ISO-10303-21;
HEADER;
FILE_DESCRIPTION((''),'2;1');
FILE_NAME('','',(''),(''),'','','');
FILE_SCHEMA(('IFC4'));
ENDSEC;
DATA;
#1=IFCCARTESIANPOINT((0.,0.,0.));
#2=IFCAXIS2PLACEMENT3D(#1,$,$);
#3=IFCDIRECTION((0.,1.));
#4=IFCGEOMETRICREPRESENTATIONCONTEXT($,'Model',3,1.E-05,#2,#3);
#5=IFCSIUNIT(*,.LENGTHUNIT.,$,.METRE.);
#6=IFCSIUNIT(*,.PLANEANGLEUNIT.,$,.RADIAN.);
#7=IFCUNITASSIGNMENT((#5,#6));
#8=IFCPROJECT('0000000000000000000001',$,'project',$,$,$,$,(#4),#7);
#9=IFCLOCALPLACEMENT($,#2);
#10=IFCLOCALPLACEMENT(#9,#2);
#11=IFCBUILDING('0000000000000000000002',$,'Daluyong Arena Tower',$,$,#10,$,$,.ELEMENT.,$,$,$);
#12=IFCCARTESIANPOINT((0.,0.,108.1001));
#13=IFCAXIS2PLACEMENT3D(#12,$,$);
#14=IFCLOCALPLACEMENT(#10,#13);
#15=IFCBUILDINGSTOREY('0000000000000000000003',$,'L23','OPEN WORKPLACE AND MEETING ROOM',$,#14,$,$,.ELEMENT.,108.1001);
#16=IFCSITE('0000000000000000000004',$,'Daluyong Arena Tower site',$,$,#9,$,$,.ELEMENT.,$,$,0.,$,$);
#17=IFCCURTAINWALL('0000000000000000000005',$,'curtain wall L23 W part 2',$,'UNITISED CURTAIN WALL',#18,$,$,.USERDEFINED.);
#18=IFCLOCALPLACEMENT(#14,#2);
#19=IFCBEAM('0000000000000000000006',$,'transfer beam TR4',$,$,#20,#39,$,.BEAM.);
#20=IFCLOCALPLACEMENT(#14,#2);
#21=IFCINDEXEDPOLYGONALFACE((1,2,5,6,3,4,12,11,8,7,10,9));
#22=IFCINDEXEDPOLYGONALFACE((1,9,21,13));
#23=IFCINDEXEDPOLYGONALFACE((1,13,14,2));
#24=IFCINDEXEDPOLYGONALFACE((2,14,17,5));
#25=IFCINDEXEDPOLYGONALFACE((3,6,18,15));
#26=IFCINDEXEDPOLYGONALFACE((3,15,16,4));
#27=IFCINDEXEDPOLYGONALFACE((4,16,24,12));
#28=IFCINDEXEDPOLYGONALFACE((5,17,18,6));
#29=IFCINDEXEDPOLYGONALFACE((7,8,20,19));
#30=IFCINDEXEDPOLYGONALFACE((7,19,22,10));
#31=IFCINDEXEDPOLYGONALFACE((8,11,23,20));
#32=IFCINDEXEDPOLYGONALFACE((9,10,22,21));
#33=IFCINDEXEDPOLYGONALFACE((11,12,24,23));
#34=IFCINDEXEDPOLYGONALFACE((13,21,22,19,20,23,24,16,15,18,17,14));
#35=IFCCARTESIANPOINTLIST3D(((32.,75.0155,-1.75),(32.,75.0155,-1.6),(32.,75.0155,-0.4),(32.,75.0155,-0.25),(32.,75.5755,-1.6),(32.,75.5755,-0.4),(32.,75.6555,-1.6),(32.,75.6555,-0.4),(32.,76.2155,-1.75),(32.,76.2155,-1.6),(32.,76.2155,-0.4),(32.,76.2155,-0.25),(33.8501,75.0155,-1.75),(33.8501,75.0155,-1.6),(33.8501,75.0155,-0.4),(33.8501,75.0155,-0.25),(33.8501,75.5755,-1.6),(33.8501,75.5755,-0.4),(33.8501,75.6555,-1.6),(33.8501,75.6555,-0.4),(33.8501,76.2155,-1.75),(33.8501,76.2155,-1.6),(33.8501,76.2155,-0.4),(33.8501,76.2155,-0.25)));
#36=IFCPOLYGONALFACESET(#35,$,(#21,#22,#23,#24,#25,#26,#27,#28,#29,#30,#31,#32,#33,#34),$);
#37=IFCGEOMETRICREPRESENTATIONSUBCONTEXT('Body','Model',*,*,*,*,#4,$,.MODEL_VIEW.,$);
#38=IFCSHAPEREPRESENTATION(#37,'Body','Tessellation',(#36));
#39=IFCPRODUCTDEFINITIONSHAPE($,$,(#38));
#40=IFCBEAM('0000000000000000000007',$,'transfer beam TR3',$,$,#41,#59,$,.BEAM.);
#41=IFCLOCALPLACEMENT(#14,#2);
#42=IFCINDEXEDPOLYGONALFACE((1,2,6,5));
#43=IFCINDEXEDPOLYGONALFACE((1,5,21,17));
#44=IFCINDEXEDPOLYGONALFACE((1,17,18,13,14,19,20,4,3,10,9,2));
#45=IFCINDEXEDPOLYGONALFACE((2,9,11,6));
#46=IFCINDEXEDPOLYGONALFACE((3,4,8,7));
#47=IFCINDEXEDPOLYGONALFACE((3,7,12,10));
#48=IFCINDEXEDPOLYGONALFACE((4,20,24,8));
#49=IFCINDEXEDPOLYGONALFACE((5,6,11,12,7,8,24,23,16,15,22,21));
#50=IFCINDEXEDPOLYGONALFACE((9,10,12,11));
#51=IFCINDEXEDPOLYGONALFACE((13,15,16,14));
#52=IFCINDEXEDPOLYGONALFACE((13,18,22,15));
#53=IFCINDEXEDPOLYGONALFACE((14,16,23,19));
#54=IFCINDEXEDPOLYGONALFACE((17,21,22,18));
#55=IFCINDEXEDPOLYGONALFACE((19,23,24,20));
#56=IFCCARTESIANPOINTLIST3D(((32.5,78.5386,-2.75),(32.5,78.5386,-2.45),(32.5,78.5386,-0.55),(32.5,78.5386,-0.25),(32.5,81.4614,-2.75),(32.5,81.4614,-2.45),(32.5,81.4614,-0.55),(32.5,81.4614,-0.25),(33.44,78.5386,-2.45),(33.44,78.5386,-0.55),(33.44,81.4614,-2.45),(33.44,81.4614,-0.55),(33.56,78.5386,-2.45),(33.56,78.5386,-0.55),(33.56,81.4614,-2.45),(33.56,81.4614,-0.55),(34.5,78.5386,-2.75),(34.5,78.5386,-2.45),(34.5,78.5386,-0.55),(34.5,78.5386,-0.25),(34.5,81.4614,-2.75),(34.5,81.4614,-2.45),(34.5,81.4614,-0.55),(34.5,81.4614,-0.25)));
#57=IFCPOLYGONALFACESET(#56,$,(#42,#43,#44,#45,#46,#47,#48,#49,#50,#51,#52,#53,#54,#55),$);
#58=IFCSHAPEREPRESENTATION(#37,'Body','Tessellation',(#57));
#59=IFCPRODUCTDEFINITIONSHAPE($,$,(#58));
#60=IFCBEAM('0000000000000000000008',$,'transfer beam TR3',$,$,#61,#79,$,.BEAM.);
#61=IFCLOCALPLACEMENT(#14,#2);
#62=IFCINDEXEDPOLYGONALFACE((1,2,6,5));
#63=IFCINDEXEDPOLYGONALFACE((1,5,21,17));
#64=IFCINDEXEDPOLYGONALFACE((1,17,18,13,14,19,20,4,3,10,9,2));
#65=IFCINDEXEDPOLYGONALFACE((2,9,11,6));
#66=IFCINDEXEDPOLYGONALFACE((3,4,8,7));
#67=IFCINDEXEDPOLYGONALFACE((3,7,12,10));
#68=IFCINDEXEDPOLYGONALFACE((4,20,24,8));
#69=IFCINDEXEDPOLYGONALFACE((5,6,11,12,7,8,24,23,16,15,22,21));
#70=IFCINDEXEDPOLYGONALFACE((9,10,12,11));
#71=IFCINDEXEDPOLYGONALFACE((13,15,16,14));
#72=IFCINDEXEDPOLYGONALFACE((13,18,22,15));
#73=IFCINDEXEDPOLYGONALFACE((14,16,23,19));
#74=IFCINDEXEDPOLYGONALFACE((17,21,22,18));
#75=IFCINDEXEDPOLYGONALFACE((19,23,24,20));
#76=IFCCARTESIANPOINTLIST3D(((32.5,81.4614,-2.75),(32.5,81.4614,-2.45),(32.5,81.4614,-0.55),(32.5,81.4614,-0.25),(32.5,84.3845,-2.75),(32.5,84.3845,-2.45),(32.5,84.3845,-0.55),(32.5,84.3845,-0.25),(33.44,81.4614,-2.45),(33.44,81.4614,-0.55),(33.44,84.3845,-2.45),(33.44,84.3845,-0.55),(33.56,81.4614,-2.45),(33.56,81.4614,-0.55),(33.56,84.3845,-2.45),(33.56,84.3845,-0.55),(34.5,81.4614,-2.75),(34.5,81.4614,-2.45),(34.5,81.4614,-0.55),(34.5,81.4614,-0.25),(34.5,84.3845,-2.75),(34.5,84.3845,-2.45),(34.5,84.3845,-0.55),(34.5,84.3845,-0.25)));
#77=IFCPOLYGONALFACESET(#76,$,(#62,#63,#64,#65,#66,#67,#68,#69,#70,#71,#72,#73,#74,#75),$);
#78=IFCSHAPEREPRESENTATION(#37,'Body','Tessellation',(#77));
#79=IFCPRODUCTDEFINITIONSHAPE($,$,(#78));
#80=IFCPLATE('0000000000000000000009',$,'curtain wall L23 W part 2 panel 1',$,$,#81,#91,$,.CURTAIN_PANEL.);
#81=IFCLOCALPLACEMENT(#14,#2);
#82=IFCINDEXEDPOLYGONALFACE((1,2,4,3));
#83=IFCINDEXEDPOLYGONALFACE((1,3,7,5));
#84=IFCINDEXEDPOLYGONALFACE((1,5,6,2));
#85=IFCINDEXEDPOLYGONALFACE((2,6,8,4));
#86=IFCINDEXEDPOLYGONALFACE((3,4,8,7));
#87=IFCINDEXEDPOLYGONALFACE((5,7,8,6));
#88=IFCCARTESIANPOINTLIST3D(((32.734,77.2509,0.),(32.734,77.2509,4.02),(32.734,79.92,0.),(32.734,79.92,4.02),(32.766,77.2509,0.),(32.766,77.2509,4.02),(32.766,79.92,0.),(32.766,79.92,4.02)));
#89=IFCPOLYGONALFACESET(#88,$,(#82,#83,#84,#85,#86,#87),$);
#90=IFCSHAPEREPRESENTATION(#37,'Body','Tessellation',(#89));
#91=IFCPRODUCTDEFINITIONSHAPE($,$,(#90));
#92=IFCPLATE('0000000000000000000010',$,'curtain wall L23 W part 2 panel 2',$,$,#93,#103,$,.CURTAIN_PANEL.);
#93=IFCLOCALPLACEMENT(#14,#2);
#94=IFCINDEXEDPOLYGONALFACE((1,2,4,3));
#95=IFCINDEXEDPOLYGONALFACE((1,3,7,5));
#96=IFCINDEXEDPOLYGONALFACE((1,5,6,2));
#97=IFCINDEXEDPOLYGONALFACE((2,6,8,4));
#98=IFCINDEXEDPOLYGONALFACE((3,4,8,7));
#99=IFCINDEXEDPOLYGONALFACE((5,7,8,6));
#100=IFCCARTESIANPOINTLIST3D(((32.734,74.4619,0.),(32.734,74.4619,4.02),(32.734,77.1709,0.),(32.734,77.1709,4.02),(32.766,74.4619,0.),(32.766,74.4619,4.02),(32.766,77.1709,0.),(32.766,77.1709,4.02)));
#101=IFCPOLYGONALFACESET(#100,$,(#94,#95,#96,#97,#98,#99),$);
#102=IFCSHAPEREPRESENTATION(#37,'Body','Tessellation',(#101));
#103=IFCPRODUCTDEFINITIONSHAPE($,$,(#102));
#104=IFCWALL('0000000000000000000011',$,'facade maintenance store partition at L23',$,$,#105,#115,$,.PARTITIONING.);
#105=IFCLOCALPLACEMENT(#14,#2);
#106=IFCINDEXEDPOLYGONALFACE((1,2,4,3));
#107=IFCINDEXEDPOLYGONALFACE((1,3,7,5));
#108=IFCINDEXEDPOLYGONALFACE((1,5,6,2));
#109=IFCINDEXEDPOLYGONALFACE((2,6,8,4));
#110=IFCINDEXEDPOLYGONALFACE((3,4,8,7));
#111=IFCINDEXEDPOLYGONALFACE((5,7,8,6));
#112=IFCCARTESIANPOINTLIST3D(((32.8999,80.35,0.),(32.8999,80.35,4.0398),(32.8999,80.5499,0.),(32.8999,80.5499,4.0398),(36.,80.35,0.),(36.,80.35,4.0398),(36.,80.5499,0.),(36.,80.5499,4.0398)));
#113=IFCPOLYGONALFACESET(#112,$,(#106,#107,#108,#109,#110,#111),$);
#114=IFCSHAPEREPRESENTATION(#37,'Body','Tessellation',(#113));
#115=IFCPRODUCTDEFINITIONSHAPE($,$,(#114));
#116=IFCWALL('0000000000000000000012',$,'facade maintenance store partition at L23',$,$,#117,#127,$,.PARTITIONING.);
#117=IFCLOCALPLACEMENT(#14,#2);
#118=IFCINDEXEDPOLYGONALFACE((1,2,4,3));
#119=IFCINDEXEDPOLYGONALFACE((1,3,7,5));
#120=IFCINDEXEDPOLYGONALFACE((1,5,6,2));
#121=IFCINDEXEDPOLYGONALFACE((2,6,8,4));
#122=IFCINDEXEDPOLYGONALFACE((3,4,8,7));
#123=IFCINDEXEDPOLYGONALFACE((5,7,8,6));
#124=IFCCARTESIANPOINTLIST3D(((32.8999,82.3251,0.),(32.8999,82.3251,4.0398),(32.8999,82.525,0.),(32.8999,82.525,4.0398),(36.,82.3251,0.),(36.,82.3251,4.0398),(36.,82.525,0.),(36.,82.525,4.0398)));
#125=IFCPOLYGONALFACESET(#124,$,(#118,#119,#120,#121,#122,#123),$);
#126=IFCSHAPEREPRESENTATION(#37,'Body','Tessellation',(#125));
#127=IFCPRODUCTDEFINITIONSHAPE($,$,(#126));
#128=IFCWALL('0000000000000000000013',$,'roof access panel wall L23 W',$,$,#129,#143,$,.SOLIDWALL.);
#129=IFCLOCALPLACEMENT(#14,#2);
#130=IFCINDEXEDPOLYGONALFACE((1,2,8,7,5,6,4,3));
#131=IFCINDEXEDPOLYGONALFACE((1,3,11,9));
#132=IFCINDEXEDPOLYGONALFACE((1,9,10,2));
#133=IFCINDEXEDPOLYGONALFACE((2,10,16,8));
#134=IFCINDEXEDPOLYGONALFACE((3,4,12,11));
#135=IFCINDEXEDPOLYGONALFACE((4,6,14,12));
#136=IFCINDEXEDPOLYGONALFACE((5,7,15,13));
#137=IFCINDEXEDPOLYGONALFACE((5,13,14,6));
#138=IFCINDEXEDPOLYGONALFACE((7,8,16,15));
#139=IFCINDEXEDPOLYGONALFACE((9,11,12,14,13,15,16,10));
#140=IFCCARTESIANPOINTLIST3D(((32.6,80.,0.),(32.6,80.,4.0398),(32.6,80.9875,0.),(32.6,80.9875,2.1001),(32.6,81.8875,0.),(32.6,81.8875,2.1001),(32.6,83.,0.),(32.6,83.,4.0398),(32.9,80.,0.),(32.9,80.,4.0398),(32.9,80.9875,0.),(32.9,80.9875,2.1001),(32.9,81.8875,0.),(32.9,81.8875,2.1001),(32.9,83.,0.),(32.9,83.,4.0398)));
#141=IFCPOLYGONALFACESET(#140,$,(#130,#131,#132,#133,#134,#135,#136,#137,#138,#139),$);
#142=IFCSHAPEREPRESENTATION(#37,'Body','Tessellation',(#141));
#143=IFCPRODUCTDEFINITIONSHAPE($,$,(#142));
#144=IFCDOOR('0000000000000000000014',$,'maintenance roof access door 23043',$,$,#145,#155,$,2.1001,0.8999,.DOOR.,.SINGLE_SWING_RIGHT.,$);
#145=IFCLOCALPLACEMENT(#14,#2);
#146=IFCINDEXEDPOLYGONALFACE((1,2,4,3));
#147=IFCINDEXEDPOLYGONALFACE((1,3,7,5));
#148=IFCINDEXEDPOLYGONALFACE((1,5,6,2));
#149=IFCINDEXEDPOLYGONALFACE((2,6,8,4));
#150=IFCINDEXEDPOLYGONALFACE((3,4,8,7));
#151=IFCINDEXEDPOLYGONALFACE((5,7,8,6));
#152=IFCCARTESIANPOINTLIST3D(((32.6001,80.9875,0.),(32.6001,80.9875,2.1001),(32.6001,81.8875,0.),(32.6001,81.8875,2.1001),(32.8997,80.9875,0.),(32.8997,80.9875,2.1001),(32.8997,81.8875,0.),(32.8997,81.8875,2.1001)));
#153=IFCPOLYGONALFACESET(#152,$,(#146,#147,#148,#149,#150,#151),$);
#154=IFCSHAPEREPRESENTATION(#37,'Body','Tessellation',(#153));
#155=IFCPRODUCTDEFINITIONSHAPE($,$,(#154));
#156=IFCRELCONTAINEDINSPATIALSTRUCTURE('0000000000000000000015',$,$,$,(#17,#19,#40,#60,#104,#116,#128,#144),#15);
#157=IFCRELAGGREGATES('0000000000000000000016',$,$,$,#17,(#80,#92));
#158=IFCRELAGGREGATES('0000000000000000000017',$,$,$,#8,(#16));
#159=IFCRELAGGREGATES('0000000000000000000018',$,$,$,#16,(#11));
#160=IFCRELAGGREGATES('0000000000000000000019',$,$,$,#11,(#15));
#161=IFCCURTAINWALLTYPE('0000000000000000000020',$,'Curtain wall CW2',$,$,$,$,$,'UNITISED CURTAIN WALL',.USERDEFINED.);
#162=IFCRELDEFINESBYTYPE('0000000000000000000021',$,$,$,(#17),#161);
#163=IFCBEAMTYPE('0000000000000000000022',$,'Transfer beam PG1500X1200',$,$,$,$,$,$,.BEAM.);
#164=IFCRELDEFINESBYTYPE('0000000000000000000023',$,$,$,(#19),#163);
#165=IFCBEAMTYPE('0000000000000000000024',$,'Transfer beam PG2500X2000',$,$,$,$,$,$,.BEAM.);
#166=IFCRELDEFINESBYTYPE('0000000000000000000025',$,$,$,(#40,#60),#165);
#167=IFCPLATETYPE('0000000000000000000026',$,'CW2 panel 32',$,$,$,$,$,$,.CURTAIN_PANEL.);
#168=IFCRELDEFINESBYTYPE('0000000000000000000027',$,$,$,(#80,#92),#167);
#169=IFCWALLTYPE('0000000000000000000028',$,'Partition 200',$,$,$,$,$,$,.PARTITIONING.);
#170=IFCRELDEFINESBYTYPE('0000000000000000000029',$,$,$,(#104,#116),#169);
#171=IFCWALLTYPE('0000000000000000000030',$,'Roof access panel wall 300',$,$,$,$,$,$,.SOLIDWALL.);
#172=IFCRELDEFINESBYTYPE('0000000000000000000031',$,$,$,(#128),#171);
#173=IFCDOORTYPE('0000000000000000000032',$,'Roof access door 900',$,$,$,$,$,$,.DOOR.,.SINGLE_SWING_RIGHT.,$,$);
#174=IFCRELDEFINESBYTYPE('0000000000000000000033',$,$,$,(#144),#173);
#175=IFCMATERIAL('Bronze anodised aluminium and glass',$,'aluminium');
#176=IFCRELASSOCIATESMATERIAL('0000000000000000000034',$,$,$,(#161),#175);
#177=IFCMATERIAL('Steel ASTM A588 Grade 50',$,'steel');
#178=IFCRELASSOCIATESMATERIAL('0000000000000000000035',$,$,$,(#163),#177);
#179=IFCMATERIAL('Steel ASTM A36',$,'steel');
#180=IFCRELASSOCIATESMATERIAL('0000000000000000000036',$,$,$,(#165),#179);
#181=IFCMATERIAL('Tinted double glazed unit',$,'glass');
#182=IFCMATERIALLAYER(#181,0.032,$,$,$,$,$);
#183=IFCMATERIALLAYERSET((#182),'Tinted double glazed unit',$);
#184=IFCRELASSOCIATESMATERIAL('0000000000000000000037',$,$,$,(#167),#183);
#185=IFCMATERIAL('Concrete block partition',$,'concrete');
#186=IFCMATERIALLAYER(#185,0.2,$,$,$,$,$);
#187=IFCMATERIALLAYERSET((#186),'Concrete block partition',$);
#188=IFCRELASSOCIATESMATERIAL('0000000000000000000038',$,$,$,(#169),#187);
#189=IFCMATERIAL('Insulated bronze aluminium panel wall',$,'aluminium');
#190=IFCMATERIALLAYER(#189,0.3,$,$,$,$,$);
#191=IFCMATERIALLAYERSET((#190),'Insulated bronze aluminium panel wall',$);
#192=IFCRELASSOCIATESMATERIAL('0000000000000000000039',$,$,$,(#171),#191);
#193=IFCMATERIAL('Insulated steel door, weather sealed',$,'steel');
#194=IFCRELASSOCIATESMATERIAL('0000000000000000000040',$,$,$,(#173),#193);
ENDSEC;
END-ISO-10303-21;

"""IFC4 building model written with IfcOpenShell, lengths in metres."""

from ifc_helpers import new_model, si_unit, direction, frame, frame_2d, origin, origin_2d, place, context, subcontext, project, spatial, rectangle, i_section, extrude, material, layer, layer_set, material_profile, profile_set, type_object, element, fill, aggregate, save


model = new_model("IFC4")

# Units and contexts
model_context = context("Model", 3, precision=1e-05, world=origin(), true_north=direction((0.0, 1.0)))
body_context = subcontext(model_context, "Body", "Model", "MODEL_VIEW")
ifc_project = project(units=[si_unit("LENGTHUNIT", "METRE"), si_unit("PLANEANGLEUNIT", "RADIAN")], contexts=[model_context])

# Site, building, storey
site_placement = place(None, origin())
site = spatial("IfcSite", under=ifc_project, at=site_placement, Name="Daluyong Arena Tower site", CompositionType="ELEMENT", RefElevation=0.0)
building_placement = place(site_placement, origin())
building = spatial("IfcBuilding", under=site, at=building_placement, Name="Daluyong Arena Tower", CompositionType="ELEMENT")
storey_placement = place(building_placement, frame((0.0, 0.0, 108.1001)))
storey = spatial("IfcBuildingStorey", under=building, at=storey_placement, Name="L23", Description="OPEN WORKPLACE AND MEETING ROOM", CompositionType="ELEMENT", Elevation=108.1001)

# Shared definitions
ifc_material_1 = material(Name="Bronze anodised aluminium and glass", Category="aluminium")
curtain_wall_type = type_object("IfcCurtainWallType", Name="Curtain wall CW2", ElementType="UNITISED CURTAIN WALL", PredefinedType="USERDEFINED", material=ifc_material_1)

# Curtain wall
curtain_wall_1_placement = place(storey_placement, origin())
curtain_wall_1 = element("IfcCurtainWall", 1, at=curtain_wall_1_placement, inside=storey, type_object=curtain_wall_type, Name="curtain wall L23 W part 2", ObjectType="UNITISED CURTAIN WALL", PredefinedType="USERDEFINED")

# Beams
ifc_material_2 = material(Name="Steel ASTM A588 Grade 50", Category="steel")
ifc_material_profile_1 = material_profile(ifc_material_2, i_section(OverallWidth=1.2, OverallDepth=1.5, WebThickness=0.08, FlangeThickness=0.15, at=origin_2d()))
ifc_profile_set_1 = profile_set([ifc_material_profile_1], Name="Steel ASTM A588 Grade 50")
beam_type_1 = type_object("IfcBeamType", Name="Transfer beam PG1500X1200", PredefinedType="BEAM", material=ifc_profile_set_1)
for number, where, z_axis, x_axis, name in (
    (2, (32.0, 75.6155, -1.0), (1.0, 0.0, 0.0), (0.0, 1.0, 0.0), "transfer beam TR4"),
):
    element("IfcBeam", number, at=place(storey_placement, frame(where, z_axis=z_axis, x_axis=x_axis)), inside=storey, type_object=beam_type_1, Name=name, PredefinedType="BEAM", context=body_context, shape_type="SweptSolid", body=[
        extrude(i_section(OverallWidth=1.2, OverallDepth=1.5, WebThickness=0.08, FlangeThickness=0.15, at=origin_2d()), origin(), (0.0, 0.0, 1.0), 1.8501),
    ])
ifc_material_3 = material(Name="Steel ASTM A36", Category="steel")
ifc_material_profile_2 = material_profile(ifc_material_3, i_section(OverallWidth=2.0, OverallDepth=2.5, WebThickness=0.12, FlangeThickness=0.3, at=origin_2d()))
ifc_profile_set_2 = profile_set([ifc_material_profile_2], Name="Steel ASTM A36")
beam_type_2 = type_object("IfcBeamType", Name="Transfer beam PG2500X2000", PredefinedType="BEAM", material=ifc_profile_set_2)
beam_1_placement = place(storey_placement, frame((33.5, 78.5386, -1.5), z_axis=(0.0, 1.0, 0.0), x_axis=(-1.0, 0.0, 0.0)))
element("IfcBeam", 3, at=beam_1_placement, inside=storey, type_object=beam_type_2, Name="transfer beam TR3", PredefinedType="BEAM", context=body_context, shape_type="SweptSolid", body=[
    extrude(i_section(OverallWidth=2.0, OverallDepth=2.5, WebThickness=0.12, FlangeThickness=0.3, at=origin_2d()), origin(), (0.0, 0.0, 1.0), 2.9229),
])
beam_2_placement = place(storey_placement, frame((33.5, 81.4614, -1.5), z_axis=(0.0, 1.0, 0.0), x_axis=(-1.0, 0.0, 0.0)))
element("IfcBeam", 4, at=beam_2_placement, inside=storey, type_object=beam_type_2, Name="transfer beam TR3", PredefinedType="BEAM", context=body_context, shape_type="SweptSolid", body=[
    extrude(i_section(OverallWidth=2.0, OverallDepth=2.5, WebThickness=0.12, FlangeThickness=0.3, at=origin_2d()), origin(), (0.0, 0.0, 1.0), 2.9231),
])

# Plates
ifc_material_4 = material(Name="Tinted double glazed unit", Category="glass")
ifc_layer_1 = layer(ifc_material_4, 0.032)
ifc_layer_set_1 = layer_set([ifc_layer_1], Name="Tinted double glazed unit")
plate_type = type_object("IfcPlateType", Name="CW2 panel 32", PredefinedType="CURTAIN_PANEL", material=ifc_layer_set_1)
plate_1_placement = place(storey_placement, frame((32.75, 78.5854, 0.0), z_axis=(0.0, 0.0, 1.0), x_axis=(0.0, -1.0, 0.0)))
plate_1 = element("IfcPlate", 5, at=plate_1_placement, type_object=plate_type, Name="curtain wall L23 W part 2 panel 1", PredefinedType="CURTAIN_PANEL", context=body_context, shape_type="SweptSolid", body=[
    extrude(rectangle(XDim=2.6692, YDim=0.032, at=origin_2d()), origin(), (0.0, 0.0, 1.0), 4.02),
])
plate_2_placement = place(storey_placement, frame((32.75, 75.8164, 0.0), z_axis=(0.0, 0.0, 1.0), x_axis=(0.0, -1.0, 0.0)))
plate_2 = element("IfcPlate", 6, at=plate_2_placement, type_object=plate_type, Name="curtain wall L23 W part 2 panel 2", PredefinedType="CURTAIN_PANEL", context=body_context, shape_type="SweptSolid", body=[
    extrude(rectangle(XDim=2.709, YDim=0.032, at=origin_2d()), origin(), (0.0, 0.0, 1.0), 4.02),
])
aggregate(curtain_wall_1, [plate_1, plate_2])

# Walls
ifc_material_5 = material(Name="Concrete block partition", Category="concrete")
ifc_layer_2 = layer(ifc_material_5, 0.2)
ifc_layer_set_2 = layer_set([ifc_layer_2], Name="Concrete block partition")
wall_type_1 = type_object("IfcWallType", Name="Partition 200", PredefinedType="PARTITIONING", material=ifc_layer_set_2)
for number, where, z_axis, x_axis, name in (
    (7, (32.8999, 80.45, 0.0), (0.0, 0.0, 1.0), (1.0, 0.0, 0.0), "facade maintenance store partition at L23"),
    (8, (32.8999, 82.425, 0.0), (0.0, 0.0, 1.0), (1.0, 0.0, 0.0), "facade maintenance store partition at L23"),
):
    element("IfcWall", number, at=place(storey_placement, frame(where, z_axis=z_axis, x_axis=x_axis)), inside=storey, type_object=wall_type_1, Name=name, PredefinedType="PARTITIONING", context=body_context, shape_type="SweptSolid", body=[
        extrude(rectangle(XDim=3.1001, YDim=0.2, at=frame_2d((1.55, 0.0))), origin(), (0.0, 0.0, 1.0), 4.0398),
    ])

# Wall, opening, door
ifc_material_6 = material(Name="Insulated bronze aluminium panel wall", Category="aluminium")
ifc_layer_3 = layer(ifc_material_6, 0.3)
ifc_layer_set_3 = layer_set([ifc_layer_3], Name="Insulated bronze aluminium panel wall")
wall_type_2 = type_object("IfcWallType", Name="Roof access panel wall 300", PredefinedType="SOLIDWALL", material=ifc_layer_set_3)
wall_placement = place(storey_placement, frame((32.75, 83.0, 0.0), z_axis=(0.0, 0.0, 1.0), x_axis=(0.0, -1.0, 0.0)))
wall = element("IfcWall", 9, at=wall_placement, inside=storey, type_object=wall_type_2, Name="roof access panel wall L23 W", PredefinedType="SOLIDWALL", context=body_context, shape_type="SweptSolid", body=[
    extrude(rectangle(XDim=3.0, YDim=0.3, at=frame_2d((1.5, 0.0))), origin(), (0.0, 0.0, 1.0), 4.0398),
])
opening_placement = place(wall_placement, frame((1.1125, 0.0, 0.0)))
opening = element("IfcOpeningElement", 10, at=opening_placement, cuts=wall, PredefinedType="OPENING", context=body_context, shape_type="SweptSolid", body=[
    extrude(rectangle(XDim=0.8999, YDim=2.1001, at=frame_2d((0.45, 1.05))), frame((0.0, 0.1599, 0.0), z_axis=(0.0, -1.0, 0.0), x_axis=(1.0, 0.0, 0.0)), (0.0, 0.0, 1.0), 0.3201),
])
ifc_material_7 = material(Name="Insulated steel door, weather sealed", Category="steel")
door_type = type_object("IfcDoorType", Name="Roof access door 900", OperationType="SINGLE_SWING_RIGHT", PredefinedType="DOOR", material=ifc_material_7)
door_placement = place(opening_placement, frame((0.8999, 0.0, 0.0), z_axis=(0.0, 0.0, 1.0), x_axis=(-1.0, 0.0, 0.0)))
door = element("IfcDoor", 11, at=door_placement, inside=storey, type_object=door_type, Name="maintenance roof access door 23043", OperationType="SINGLE_SWING_RIGHT", OverallHeight=2.1001, OverallWidth=0.8999, PredefinedType="DOOR", context=body_context, shape_type="SweptSolid", body=[
    extrude(rectangle(XDim=0.8999, YDim=2.1001, at=frame_2d((0.45, 1.05))), frame((0.0, 0.1499, 0.0), z_axis=(0.0, -1.0, 0.0), x_axis=(1.0, 0.0, 0.0)), (0.0, 0.0, 1.0), 0.2996),
])
fill(opening, door)

save(model, "model.ifc")
